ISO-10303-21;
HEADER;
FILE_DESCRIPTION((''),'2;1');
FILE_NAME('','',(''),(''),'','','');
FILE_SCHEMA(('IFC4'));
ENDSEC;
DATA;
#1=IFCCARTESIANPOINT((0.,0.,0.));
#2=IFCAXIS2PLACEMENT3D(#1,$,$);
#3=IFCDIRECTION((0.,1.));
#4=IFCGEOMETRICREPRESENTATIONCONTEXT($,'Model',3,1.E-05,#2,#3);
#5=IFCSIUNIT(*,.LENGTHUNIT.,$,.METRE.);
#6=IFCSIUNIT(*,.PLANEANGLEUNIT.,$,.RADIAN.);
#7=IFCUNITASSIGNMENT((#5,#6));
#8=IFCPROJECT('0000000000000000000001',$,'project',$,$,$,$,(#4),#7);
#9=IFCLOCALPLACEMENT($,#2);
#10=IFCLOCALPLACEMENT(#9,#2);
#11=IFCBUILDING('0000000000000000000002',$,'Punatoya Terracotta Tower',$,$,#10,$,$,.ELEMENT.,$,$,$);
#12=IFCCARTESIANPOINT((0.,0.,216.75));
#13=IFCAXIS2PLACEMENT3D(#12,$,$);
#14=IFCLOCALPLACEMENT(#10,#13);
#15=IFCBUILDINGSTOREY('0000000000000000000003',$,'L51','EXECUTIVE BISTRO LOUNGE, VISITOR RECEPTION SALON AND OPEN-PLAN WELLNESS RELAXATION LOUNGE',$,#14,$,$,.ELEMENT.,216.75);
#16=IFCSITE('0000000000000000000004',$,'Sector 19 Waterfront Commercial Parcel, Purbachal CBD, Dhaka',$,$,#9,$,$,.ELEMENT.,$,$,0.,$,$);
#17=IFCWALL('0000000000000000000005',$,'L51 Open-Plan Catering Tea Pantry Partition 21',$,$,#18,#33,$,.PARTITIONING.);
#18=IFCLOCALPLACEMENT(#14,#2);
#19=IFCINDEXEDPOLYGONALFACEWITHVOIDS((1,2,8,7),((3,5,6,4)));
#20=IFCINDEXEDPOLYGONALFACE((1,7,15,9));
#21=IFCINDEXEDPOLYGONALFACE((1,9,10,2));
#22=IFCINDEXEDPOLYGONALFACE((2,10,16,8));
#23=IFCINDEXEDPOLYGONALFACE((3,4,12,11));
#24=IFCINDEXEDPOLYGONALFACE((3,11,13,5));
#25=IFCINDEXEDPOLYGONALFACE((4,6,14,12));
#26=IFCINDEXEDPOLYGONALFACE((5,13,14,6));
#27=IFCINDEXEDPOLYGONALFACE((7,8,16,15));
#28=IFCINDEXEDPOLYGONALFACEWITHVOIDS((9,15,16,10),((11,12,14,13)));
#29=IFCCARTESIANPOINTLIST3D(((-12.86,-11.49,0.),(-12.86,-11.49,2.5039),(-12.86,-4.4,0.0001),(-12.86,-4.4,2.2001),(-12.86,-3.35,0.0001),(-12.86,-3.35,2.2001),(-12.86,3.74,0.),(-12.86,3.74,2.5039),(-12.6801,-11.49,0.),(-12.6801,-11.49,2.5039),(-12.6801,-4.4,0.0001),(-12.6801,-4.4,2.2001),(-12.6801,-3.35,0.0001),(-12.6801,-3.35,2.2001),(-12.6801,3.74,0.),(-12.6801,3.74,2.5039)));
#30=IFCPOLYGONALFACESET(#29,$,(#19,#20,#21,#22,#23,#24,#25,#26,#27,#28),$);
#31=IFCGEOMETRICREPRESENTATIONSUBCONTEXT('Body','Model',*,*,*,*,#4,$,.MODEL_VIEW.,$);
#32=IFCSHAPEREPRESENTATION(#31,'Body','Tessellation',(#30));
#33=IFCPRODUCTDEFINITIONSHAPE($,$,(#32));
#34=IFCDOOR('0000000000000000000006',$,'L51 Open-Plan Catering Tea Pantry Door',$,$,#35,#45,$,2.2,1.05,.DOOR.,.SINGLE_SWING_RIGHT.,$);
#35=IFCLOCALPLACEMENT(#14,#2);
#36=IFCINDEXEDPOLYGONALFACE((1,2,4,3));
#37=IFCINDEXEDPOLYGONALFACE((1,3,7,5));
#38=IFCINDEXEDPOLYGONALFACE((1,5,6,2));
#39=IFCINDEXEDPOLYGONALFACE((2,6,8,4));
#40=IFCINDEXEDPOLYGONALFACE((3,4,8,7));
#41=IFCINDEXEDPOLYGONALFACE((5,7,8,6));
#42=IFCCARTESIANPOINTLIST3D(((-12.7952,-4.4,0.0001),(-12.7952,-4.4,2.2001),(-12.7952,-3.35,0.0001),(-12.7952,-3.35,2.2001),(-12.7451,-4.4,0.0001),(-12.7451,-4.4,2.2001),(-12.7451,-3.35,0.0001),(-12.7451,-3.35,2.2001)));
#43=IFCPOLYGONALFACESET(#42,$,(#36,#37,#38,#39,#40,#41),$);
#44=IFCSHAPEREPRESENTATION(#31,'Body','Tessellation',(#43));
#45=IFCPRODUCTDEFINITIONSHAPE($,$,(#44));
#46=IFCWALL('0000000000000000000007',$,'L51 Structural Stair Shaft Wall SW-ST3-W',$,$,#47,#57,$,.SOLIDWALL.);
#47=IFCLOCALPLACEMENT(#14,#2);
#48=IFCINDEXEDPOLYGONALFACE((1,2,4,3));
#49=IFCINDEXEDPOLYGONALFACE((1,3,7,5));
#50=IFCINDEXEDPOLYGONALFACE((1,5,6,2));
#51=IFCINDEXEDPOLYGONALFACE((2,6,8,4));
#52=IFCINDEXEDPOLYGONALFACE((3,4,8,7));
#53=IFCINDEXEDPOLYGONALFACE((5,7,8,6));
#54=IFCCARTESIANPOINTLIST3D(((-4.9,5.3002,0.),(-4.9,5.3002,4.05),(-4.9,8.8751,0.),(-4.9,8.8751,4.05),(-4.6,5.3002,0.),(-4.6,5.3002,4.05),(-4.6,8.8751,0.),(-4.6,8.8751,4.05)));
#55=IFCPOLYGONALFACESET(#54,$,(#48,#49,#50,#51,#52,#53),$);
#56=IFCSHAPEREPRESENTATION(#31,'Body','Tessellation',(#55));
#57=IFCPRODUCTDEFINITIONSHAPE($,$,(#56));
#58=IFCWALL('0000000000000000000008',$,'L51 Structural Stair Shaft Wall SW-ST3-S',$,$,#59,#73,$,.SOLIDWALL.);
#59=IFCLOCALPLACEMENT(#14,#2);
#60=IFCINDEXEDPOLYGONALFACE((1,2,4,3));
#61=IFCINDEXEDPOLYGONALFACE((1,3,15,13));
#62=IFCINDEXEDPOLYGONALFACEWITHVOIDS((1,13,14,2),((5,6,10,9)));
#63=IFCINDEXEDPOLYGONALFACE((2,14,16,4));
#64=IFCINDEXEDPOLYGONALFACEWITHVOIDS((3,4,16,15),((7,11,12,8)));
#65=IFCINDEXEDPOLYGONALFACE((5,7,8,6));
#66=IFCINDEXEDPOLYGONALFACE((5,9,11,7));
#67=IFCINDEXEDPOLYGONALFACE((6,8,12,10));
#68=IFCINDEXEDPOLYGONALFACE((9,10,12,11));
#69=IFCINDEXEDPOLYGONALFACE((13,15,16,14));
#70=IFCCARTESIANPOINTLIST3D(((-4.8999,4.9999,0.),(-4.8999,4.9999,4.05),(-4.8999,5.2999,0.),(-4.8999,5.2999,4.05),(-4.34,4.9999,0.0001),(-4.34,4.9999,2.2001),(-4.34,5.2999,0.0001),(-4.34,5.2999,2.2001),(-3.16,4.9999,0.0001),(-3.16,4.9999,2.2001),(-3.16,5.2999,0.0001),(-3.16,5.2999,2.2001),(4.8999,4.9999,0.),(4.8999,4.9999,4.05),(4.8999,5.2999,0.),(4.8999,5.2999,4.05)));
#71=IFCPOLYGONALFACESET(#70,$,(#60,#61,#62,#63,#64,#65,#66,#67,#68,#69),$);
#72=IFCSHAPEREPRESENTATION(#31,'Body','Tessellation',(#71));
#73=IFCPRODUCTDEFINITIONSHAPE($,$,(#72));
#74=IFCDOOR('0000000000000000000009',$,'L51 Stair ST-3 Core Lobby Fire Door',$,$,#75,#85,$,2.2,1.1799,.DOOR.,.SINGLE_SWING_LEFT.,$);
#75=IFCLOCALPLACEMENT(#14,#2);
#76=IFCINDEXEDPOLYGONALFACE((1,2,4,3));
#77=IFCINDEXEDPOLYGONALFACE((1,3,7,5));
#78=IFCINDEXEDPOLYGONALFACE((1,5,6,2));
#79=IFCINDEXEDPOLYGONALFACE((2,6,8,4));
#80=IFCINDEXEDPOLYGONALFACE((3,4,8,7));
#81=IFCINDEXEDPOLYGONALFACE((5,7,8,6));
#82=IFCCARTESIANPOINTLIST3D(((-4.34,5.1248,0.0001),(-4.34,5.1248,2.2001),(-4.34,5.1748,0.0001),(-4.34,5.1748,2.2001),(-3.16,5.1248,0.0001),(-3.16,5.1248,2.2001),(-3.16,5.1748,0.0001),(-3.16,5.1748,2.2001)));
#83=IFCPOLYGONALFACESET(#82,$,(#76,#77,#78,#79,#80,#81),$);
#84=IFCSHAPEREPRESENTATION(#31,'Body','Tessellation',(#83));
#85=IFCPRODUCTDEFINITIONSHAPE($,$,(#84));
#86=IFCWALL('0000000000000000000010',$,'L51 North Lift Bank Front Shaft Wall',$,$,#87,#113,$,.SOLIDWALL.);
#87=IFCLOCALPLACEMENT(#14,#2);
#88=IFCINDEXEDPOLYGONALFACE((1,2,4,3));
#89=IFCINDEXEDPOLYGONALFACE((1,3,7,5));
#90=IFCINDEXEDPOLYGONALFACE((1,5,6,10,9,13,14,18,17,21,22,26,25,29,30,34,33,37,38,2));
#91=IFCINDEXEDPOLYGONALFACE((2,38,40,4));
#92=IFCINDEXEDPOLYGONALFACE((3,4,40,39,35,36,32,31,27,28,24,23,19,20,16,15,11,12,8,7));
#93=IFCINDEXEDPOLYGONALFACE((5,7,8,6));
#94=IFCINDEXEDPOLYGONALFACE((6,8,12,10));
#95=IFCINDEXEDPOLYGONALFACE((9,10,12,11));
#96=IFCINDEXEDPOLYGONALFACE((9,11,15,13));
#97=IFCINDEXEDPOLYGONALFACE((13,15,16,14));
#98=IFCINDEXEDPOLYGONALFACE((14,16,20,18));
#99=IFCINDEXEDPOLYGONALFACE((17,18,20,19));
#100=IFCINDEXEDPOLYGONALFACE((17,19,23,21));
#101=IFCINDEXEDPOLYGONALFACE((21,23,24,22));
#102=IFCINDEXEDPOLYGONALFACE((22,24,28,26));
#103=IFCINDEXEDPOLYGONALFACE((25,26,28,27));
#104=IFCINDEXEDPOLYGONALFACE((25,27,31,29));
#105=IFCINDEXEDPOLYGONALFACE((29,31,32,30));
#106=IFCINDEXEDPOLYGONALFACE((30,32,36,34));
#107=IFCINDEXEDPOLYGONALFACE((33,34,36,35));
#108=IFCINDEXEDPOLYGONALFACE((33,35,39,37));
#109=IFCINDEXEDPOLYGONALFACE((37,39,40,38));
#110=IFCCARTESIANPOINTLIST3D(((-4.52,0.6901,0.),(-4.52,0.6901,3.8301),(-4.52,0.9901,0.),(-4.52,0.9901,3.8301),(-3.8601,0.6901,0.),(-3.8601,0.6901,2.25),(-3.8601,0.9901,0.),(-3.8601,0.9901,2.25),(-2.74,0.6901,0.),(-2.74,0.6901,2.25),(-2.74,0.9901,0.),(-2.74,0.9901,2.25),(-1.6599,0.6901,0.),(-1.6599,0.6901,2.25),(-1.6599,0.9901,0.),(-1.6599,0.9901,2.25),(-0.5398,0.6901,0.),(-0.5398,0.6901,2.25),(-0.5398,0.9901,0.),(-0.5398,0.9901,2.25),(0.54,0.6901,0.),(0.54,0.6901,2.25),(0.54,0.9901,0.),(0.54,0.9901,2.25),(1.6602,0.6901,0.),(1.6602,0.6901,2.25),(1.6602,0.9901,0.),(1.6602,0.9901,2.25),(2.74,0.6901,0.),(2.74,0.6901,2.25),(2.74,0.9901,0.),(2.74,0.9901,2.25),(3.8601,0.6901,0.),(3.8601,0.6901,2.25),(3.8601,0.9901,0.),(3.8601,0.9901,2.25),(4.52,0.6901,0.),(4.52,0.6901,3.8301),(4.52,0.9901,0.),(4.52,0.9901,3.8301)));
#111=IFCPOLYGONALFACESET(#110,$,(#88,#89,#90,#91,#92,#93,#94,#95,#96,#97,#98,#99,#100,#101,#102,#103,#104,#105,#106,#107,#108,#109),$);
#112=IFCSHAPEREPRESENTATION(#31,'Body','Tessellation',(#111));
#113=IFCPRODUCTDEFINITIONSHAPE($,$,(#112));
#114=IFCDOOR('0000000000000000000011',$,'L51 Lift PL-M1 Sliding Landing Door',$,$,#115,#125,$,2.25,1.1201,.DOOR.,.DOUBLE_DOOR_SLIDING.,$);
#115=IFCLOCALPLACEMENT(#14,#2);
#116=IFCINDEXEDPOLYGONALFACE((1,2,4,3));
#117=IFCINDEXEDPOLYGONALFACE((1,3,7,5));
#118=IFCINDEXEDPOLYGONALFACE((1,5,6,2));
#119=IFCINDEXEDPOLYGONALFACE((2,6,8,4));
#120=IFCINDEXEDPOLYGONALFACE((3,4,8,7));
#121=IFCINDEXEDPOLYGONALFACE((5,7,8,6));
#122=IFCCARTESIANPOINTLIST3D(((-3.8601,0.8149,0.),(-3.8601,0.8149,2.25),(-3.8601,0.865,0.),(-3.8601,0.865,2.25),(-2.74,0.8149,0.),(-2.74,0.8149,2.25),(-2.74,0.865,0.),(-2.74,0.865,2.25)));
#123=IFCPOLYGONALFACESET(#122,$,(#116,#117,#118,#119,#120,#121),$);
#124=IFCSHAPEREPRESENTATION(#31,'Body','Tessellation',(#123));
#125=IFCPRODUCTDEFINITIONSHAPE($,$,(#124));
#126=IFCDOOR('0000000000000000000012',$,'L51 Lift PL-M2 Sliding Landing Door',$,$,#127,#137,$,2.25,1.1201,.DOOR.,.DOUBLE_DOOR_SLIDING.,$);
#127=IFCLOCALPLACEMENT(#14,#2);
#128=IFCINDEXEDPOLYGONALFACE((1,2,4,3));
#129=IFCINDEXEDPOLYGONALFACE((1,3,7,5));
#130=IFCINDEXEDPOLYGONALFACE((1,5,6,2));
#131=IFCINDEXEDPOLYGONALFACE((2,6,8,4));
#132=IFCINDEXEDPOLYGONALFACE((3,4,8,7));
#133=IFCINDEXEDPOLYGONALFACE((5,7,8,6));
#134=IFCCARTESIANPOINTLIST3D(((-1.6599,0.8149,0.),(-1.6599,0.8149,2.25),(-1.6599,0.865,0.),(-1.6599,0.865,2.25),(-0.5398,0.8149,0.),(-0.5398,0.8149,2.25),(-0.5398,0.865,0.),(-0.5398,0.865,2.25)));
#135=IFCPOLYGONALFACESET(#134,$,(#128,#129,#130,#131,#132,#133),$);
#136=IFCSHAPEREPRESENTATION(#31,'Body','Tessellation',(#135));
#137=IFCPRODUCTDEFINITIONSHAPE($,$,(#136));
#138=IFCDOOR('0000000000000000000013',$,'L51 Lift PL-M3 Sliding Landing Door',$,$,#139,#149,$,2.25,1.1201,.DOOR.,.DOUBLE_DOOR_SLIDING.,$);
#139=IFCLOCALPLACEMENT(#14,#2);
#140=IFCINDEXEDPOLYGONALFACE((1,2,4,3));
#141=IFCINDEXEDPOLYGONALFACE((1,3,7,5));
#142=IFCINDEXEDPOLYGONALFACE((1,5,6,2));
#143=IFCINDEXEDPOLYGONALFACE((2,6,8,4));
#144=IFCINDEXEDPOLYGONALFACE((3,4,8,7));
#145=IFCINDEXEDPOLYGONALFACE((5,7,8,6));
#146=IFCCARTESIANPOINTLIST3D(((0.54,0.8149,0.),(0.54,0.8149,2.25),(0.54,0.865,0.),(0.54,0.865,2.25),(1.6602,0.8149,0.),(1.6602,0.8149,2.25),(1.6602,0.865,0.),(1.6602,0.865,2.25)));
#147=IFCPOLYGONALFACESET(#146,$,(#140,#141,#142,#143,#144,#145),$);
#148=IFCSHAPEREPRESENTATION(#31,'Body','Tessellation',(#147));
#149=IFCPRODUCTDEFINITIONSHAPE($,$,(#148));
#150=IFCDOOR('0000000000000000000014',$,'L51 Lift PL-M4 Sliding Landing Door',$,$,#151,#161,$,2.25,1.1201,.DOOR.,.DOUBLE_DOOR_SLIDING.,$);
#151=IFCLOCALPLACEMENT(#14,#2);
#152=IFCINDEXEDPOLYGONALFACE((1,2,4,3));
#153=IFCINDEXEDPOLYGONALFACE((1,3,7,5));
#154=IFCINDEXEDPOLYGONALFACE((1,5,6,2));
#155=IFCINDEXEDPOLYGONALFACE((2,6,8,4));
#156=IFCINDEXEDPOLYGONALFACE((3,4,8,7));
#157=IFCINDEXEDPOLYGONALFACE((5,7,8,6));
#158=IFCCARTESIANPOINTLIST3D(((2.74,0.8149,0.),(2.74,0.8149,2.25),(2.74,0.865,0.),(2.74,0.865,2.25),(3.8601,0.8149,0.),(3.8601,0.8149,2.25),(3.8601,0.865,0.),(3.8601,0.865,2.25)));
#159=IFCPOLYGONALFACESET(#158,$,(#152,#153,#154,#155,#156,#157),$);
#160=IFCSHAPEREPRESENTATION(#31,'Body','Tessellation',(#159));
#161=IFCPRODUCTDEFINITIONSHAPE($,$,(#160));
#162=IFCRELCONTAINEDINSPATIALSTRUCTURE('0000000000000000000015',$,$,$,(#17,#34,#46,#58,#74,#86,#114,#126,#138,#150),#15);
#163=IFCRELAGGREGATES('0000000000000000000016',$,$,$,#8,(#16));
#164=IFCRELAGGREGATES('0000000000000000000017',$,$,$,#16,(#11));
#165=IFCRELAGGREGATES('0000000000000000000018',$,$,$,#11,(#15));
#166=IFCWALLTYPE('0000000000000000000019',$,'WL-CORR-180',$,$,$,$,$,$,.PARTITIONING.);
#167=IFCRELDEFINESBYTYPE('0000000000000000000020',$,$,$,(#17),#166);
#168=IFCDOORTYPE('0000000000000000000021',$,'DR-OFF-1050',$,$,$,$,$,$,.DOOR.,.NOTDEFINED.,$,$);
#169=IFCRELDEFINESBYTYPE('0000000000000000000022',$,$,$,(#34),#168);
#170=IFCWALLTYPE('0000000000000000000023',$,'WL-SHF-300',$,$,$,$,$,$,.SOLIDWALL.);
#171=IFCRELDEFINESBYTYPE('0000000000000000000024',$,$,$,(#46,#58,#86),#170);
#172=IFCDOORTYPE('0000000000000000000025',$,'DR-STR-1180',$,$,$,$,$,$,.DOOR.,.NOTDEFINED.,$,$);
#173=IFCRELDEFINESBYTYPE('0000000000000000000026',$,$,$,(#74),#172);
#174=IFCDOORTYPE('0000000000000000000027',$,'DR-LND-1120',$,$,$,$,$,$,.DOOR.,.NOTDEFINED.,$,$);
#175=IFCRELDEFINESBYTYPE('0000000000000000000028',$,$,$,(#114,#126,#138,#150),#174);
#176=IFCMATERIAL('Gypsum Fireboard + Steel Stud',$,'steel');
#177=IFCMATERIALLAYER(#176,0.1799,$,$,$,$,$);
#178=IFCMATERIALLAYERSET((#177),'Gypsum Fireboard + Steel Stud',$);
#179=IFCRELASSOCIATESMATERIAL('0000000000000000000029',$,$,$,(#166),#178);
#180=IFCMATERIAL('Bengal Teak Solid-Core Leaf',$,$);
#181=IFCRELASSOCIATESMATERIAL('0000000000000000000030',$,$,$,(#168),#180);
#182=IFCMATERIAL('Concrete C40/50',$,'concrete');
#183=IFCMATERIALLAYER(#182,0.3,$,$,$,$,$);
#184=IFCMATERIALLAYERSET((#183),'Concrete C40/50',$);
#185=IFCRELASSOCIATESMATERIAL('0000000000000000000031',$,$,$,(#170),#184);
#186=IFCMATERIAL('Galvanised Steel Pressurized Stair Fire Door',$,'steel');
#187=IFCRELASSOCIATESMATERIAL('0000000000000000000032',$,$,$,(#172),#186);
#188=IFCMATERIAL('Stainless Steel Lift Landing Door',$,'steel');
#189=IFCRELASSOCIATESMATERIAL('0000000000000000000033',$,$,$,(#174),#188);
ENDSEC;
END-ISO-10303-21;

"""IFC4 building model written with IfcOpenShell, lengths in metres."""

from ifc_helpers import new_model, si_unit, direction, frame, frame_2d, origin, place, context, subcontext, project, spatial, rectangle, extrude, material, layer, layer_set, type_object, element, fill, save


model = new_model("IFC4")

# Units and contexts
model_context = context("Model", 3, precision=1e-05, world=origin(), true_north=direction((0.0, 1.0)))
body_context = subcontext(model_context, "Body", "Model", "MODEL_VIEW")
ifc_project = project(units=[si_unit("LENGTHUNIT", "METRE"), si_unit("PLANEANGLEUNIT", "RADIAN")], contexts=[model_context])

# Site, building, storey
site_placement = place(None, origin())
site = spatial("IfcSite", under=ifc_project, at=site_placement, Name="Sector 19 Waterfront Commercial Parcel, Purbachal CBD, Dhaka", CompositionType="ELEMENT", RefElevation=0.0)
building_placement = place(site_placement, origin())
building = spatial("IfcBuilding", under=site, at=building_placement, Name="Punatoya Terracotta Tower", CompositionType="ELEMENT")
storey_placement = place(building_placement, frame((0.0, 0.0, 216.75)))
storey = spatial("IfcBuildingStorey", under=building, at=storey_placement, Name="L51", Description="EXECUTIVE BISTRO LOUNGE, VISITOR RECEPTION SALON AND OPEN-PLAN WELLNESS RELAXATION LOUNGE", CompositionType="ELEMENT", Elevation=216.75)

# Shared definitions
ifc_material_1 = material(Name="Concrete C40/50", Category="concrete")

# Wall, opening, door
ifc_material_2 = material(Name="Gypsum Fireboard + Steel Stud", Category="steel")
ifc_layer_1 = layer(ifc_material_2, 0.1799)
ifc_layer_set_1 = layer_set([ifc_layer_1], Name="Gypsum Fireboard + Steel Stud")
wall_type_1 = type_object("IfcWallType", Name="WL-CORR-180", PredefinedType="PARTITIONING", material=ifc_layer_set_1)
ifc_material_3 = material(Name="Bengal Teak Solid-Core Leaf")
door_type_1 = type_object("IfcDoorType", Name="DR-OFF-1050", OperationType="NOTDEFINED", PredefinedType="DOOR", material=ifc_material_3)
wall_1_placement = place(storey_placement, frame((-12.77, 3.74, 0.0), z_axis=(0.0, 0.0, 1.0), x_axis=(0.0, -1.0, 0.0)))
wall_1 = element("IfcWall", 1, at=wall_1_placement, inside=storey, type_object=wall_type_1, Name="L51 Open-Plan Catering Tea Pantry Partition 21", PredefinedType="PARTITIONING", context=body_context, shape_type="SweptSolid", body=[
    extrude(rectangle(XDim=15.23, YDim=0.1799, at=frame_2d((7.615, 0.0))), origin(), (0.0, 0.0, 1.0), 2.5039),
])
opening_1_placement = place(wall_1_placement, frame((7.0901, 0.0, 0.0)))
opening_1 = element("IfcOpeningElement", 2, at=opening_1_placement, cuts=wall_1, PredefinedType="OPENING", context=body_context, shape_type="SweptSolid", body=[
    extrude(rectangle(XDim=1.05, YDim=2.2, at=frame_2d((0.5249, 1.1001))), frame((0.0, 0.0999, 0.0), z_axis=(0.0, -1.0, 0.0), x_axis=(1.0, 0.0, 0.0)), (0.0, 0.0, 1.0), 0.2),
])
door_1_placement = place(opening_1_placement, origin())
door_1 = element("IfcDoor", 3, at=door_1_placement, inside=storey, type_object=door_type_1, Name="L51 Open-Plan Catering Tea Pantry Door", OperationType="SINGLE_SWING_RIGHT", OverallHeight=2.2, OverallWidth=1.05, PredefinedType="DOOR", context=body_context, shape_type="SweptSolid", body=[
    extrude(rectangle(XDim=1.05, YDim=2.2, at=frame_2d((0.5249, 1.1001))), frame((0.0, 0.0249, 0.0), z_axis=(0.0, -1.0, 0.0), x_axis=(1.0, 0.0, 0.0)), (0.0, 0.0, 1.0), 0.05),
])
fill(opening_1, door_1)

# Wall
ifc_layer_2 = layer(ifc_material_1, 0.3)
ifc_layer_set_2 = layer_set([ifc_layer_2], Name="Concrete C40/50")
wall_type_2 = type_object("IfcWallType", Name="WL-SHF-300", PredefinedType="SOLIDWALL", material=ifc_layer_set_2)
wall_2_placement = place(storey_placement, frame((-4.75, 5.3, 0.0), z_axis=(0.0, 0.0, 1.0), x_axis=(0.0, 1.0, 0.0)))
element("IfcWall", 4, at=wall_2_placement, inside=storey, type_object=wall_type_2, Name="L51 Structural Stair Shaft Wall SW-ST3-W", PredefinedType="SOLIDWALL", context=body_context, shape_type="SweptSolid", body=[
    extrude(rectangle(XDim=3.575, YDim=0.3, at=frame_2d((1.7876, 0.0))), origin(), (0.0, 0.0, 1.0), 4.05),
])

# Wall, opening, door
wall_3_placement = place(storey_placement, frame((-4.8999, 5.1499, 0.0), z_axis=(0.0, 0.0, 1.0), x_axis=(1.0, 0.0, 0.0)))
wall_3 = element("IfcWall", 5, at=wall_3_placement, inside=storey, type_object=wall_type_2, Name="L51 Structural Stair Shaft Wall SW-ST3-S", PredefinedType="SOLIDWALL", context=body_context, shape_type="SweptSolid", body=[
    extrude(rectangle(XDim=9.7998, YDim=0.3, at=frame_2d((4.8999, 0.0))), origin(), (0.0, 0.0, 1.0), 4.05),
])
opening_2_placement = place(wall_3_placement, frame((0.5601, 0.0, 0.0)))
opening_2 = element("IfcOpeningElement", 6, at=opening_2_placement, cuts=wall_3, PredefinedType="OPENING", context=body_context, shape_type="SweptSolid", body=[
    extrude(rectangle(XDim=1.1799, YDim=2.2, at=frame_2d((0.5898, 1.1001))), frame((0.0, 0.1599, 0.0), z_axis=(0.0, -1.0, 0.0), x_axis=(1.0, 0.0, 0.0)), (0.0, 0.0, 1.0), 0.3201),
])
ifc_material_4 = material(Name="Galvanised Steel Pressurized Stair Fire Door", Category="steel")
door_type_2 = type_object("IfcDoorType", Name="DR-STR-1180", OperationType="NOTDEFINED", PredefinedType="DOOR", material=ifc_material_4)
door_2_placement = place(opening_2_placement, origin())
door_2 = element("IfcDoor", 7, at=door_2_placement, inside=storey, type_object=door_type_2, Name="L51 Stair ST-3 Core Lobby Fire Door", OperationType="SINGLE_SWING_LEFT", OverallHeight=2.2, OverallWidth=1.1799, PredefinedType="DOOR", context=body_context, shape_type="SweptSolid", body=[
    extrude(rectangle(XDim=1.1799, YDim=2.2, at=frame_2d((0.5898, 1.1001))), frame((0.0, 0.0249, 0.0), z_axis=(0.0, -1.0, 0.0), x_axis=(1.0, 0.0, 0.0)), (0.0, 0.0, 1.0), 0.05),
])
fill(opening_2, door_2)

# Wall, openings, doors
wall_4_placement = place(storey_placement, frame((-4.52, 0.8401, 0.0), z_axis=(0.0, 0.0, 1.0), x_axis=(1.0, 0.0, 0.0)))
wall_4 = element("IfcWall", 8, at=wall_4_placement, inside=storey, type_object=wall_type_2, Name="L51 North Lift Bank Front Shaft Wall", PredefinedType="SOLIDWALL", context=body_context, shape_type="SweptSolid", body=[
    extrude(rectangle(XDim=9.04, YDim=0.3, at=frame_2d((4.52, 0.0))), origin(), (0.0, 0.0, 1.0), 3.8301),
])
opening_3_placement = place(wall_4_placement, frame((0.6599, 0.0, 0.0)))
opening_3 = element("IfcOpeningElement", 9, at=opening_3_placement, cuts=wall_4, PredefinedType="OPENING", context=body_context, shape_type="SweptSolid", body=[
    extrude(rectangle(XDim=1.1201, YDim=2.25, at=frame_2d((0.5601, 1.125))), frame((0.0, 0.1599, 0.0), z_axis=(0.0, -1.0, 0.0), x_axis=(1.0, 0.0, 0.0)), (0.0, 0.0, 1.0), 0.3201),
])
opening_4_placement = place(wall_4_placement, frame((2.8601, 0.0, 0.0)))
opening_4 = element("IfcOpeningElement", 10, at=opening_4_placement, cuts=wall_4, PredefinedType="OPENING", context=body_context, shape_type="SweptSolid", body=[
    extrude(rectangle(XDim=1.1201, YDim=2.25, at=frame_2d((0.5601, 1.125))), frame((0.0, 0.1599, 0.0), z_axis=(0.0, -1.0, 0.0), x_axis=(1.0, 0.0, 0.0)), (0.0, 0.0, 1.0), 0.3201),
])
opening_5_placement = place(wall_4_placement, frame((5.0601, 0.0, 0.0)))
opening_5 = element("IfcOpeningElement", 11, at=opening_5_placement, cuts=wall_4, PredefinedType="OPENING", context=body_context, shape_type="SweptSolid", body=[
    extrude(rectangle(XDim=1.1201, YDim=2.25, at=frame_2d((0.5601, 1.125))), frame((0.0, 0.1599, 0.0), z_axis=(0.0, -1.0, 0.0), x_axis=(1.0, 0.0, 0.0)), (0.0, 0.0, 1.0), 0.3201),
])
opening_6_placement = place(wall_4_placement, frame((7.26, 0.0, 0.0)))
opening_6 = element("IfcOpeningElement", 12, at=opening_6_placement, cuts=wall_4, PredefinedType="OPENING", context=body_context, shape_type="SweptSolid", body=[
    extrude(rectangle(XDim=1.1201, YDim=2.25, at=frame_2d((0.5601, 1.125))), frame((0.0, 0.1599, 0.0), z_axis=(0.0, -1.0, 0.0), x_axis=(1.0, 0.0, 0.0)), (0.0, 0.0, 1.0), 0.3201),
])
ifc_material_5 = material(Name="Stainless Steel Lift Landing Door", Category="steel")
door_type_3 = type_object("IfcDoorType", Name="DR-LND-1120", OperationType="NOTDEFINED", PredefinedType="DOOR", material=ifc_material_5)
door_3_placement = place(opening_3_placement, origin())
door_3 = element("IfcDoor", 13, at=door_3_placement, inside=storey, type_object=door_type_3, Name="L51 Lift PL-M1 Sliding Landing Door", OperationType="DOUBLE_DOOR_SLIDING", OverallHeight=2.25, OverallWidth=1.1201, PredefinedType="DOOR", context=body_context, shape_type="SweptSolid", body=[
    extrude(rectangle(XDim=1.1201, YDim=2.25, at=frame_2d((0.5601, 1.125))), frame((0.0, 0.0249, 0.0), z_axis=(0.0, -1.0, 0.0), x_axis=(1.0, 0.0, 0.0)), (0.0, 0.0, 1.0), 0.05),
])
fill(opening_3, door_3)
door_4_placement = place(opening_4_placement, origin())
door_4 = element("IfcDoor", 14, at=door_4_placement, inside=storey, type_object=door_type_3, Name="L51 Lift PL-M2 Sliding Landing Door", OperationType="DOUBLE_DOOR_SLIDING", OverallHeight=2.25, OverallWidth=1.1201, PredefinedType="DOOR", context=body_context, shape_type="SweptSolid", body=[
    extrude(rectangle(XDim=1.1201, YDim=2.25, at=frame_2d((0.5601, 1.125))), frame((0.0, 0.0249, 0.0), z_axis=(0.0, -1.0, 0.0), x_axis=(1.0, 0.0, 0.0)), (0.0, 0.0, 1.0), 0.05),
])
fill(opening_4, door_4)
door_5_placement = place(opening_5_placement, origin())
door_5 = element("IfcDoor", 15, at=door_5_placement, inside=storey, type_object=door_type_3, Name="L51 Lift PL-M3 Sliding Landing Door", OperationType="DOUBLE_DOOR_SLIDING", OverallHeight=2.25, OverallWidth=1.1201, PredefinedType="DOOR", context=body_context, shape_type="SweptSolid", body=[
    extrude(rectangle(XDim=1.1201, YDim=2.25, at=frame_2d((0.5601, 1.125))), frame((0.0, 0.0249, 0.0), z_axis=(0.0, -1.0, 0.0), x_axis=(1.0, 0.0, 0.0)), (0.0, 0.0, 1.0), 0.05),
])
fill(opening_5, door_5)
door_6_placement = place(opening_6_placement, origin())
door_6 = element("IfcDoor", 16, at=door_6_placement, inside=storey, type_object=door_type_3, Name="L51 Lift PL-M4 Sliding Landing Door", OperationType="DOUBLE_DOOR_SLIDING", OverallHeight=2.25, OverallWidth=1.1201, PredefinedType="DOOR", context=body_context, shape_type="SweptSolid", body=[
    extrude(rectangle(XDim=1.1201, YDim=2.25, at=frame_2d((0.5601, 1.125))), frame((0.0, 0.0249, 0.0), z_axis=(0.0, -1.0, 0.0), x_axis=(1.0, 0.0, 0.0)), (0.0, 0.0, 1.0), 0.05),
])
fill(opening_6, door_6)

save(model, "model.ifc")
